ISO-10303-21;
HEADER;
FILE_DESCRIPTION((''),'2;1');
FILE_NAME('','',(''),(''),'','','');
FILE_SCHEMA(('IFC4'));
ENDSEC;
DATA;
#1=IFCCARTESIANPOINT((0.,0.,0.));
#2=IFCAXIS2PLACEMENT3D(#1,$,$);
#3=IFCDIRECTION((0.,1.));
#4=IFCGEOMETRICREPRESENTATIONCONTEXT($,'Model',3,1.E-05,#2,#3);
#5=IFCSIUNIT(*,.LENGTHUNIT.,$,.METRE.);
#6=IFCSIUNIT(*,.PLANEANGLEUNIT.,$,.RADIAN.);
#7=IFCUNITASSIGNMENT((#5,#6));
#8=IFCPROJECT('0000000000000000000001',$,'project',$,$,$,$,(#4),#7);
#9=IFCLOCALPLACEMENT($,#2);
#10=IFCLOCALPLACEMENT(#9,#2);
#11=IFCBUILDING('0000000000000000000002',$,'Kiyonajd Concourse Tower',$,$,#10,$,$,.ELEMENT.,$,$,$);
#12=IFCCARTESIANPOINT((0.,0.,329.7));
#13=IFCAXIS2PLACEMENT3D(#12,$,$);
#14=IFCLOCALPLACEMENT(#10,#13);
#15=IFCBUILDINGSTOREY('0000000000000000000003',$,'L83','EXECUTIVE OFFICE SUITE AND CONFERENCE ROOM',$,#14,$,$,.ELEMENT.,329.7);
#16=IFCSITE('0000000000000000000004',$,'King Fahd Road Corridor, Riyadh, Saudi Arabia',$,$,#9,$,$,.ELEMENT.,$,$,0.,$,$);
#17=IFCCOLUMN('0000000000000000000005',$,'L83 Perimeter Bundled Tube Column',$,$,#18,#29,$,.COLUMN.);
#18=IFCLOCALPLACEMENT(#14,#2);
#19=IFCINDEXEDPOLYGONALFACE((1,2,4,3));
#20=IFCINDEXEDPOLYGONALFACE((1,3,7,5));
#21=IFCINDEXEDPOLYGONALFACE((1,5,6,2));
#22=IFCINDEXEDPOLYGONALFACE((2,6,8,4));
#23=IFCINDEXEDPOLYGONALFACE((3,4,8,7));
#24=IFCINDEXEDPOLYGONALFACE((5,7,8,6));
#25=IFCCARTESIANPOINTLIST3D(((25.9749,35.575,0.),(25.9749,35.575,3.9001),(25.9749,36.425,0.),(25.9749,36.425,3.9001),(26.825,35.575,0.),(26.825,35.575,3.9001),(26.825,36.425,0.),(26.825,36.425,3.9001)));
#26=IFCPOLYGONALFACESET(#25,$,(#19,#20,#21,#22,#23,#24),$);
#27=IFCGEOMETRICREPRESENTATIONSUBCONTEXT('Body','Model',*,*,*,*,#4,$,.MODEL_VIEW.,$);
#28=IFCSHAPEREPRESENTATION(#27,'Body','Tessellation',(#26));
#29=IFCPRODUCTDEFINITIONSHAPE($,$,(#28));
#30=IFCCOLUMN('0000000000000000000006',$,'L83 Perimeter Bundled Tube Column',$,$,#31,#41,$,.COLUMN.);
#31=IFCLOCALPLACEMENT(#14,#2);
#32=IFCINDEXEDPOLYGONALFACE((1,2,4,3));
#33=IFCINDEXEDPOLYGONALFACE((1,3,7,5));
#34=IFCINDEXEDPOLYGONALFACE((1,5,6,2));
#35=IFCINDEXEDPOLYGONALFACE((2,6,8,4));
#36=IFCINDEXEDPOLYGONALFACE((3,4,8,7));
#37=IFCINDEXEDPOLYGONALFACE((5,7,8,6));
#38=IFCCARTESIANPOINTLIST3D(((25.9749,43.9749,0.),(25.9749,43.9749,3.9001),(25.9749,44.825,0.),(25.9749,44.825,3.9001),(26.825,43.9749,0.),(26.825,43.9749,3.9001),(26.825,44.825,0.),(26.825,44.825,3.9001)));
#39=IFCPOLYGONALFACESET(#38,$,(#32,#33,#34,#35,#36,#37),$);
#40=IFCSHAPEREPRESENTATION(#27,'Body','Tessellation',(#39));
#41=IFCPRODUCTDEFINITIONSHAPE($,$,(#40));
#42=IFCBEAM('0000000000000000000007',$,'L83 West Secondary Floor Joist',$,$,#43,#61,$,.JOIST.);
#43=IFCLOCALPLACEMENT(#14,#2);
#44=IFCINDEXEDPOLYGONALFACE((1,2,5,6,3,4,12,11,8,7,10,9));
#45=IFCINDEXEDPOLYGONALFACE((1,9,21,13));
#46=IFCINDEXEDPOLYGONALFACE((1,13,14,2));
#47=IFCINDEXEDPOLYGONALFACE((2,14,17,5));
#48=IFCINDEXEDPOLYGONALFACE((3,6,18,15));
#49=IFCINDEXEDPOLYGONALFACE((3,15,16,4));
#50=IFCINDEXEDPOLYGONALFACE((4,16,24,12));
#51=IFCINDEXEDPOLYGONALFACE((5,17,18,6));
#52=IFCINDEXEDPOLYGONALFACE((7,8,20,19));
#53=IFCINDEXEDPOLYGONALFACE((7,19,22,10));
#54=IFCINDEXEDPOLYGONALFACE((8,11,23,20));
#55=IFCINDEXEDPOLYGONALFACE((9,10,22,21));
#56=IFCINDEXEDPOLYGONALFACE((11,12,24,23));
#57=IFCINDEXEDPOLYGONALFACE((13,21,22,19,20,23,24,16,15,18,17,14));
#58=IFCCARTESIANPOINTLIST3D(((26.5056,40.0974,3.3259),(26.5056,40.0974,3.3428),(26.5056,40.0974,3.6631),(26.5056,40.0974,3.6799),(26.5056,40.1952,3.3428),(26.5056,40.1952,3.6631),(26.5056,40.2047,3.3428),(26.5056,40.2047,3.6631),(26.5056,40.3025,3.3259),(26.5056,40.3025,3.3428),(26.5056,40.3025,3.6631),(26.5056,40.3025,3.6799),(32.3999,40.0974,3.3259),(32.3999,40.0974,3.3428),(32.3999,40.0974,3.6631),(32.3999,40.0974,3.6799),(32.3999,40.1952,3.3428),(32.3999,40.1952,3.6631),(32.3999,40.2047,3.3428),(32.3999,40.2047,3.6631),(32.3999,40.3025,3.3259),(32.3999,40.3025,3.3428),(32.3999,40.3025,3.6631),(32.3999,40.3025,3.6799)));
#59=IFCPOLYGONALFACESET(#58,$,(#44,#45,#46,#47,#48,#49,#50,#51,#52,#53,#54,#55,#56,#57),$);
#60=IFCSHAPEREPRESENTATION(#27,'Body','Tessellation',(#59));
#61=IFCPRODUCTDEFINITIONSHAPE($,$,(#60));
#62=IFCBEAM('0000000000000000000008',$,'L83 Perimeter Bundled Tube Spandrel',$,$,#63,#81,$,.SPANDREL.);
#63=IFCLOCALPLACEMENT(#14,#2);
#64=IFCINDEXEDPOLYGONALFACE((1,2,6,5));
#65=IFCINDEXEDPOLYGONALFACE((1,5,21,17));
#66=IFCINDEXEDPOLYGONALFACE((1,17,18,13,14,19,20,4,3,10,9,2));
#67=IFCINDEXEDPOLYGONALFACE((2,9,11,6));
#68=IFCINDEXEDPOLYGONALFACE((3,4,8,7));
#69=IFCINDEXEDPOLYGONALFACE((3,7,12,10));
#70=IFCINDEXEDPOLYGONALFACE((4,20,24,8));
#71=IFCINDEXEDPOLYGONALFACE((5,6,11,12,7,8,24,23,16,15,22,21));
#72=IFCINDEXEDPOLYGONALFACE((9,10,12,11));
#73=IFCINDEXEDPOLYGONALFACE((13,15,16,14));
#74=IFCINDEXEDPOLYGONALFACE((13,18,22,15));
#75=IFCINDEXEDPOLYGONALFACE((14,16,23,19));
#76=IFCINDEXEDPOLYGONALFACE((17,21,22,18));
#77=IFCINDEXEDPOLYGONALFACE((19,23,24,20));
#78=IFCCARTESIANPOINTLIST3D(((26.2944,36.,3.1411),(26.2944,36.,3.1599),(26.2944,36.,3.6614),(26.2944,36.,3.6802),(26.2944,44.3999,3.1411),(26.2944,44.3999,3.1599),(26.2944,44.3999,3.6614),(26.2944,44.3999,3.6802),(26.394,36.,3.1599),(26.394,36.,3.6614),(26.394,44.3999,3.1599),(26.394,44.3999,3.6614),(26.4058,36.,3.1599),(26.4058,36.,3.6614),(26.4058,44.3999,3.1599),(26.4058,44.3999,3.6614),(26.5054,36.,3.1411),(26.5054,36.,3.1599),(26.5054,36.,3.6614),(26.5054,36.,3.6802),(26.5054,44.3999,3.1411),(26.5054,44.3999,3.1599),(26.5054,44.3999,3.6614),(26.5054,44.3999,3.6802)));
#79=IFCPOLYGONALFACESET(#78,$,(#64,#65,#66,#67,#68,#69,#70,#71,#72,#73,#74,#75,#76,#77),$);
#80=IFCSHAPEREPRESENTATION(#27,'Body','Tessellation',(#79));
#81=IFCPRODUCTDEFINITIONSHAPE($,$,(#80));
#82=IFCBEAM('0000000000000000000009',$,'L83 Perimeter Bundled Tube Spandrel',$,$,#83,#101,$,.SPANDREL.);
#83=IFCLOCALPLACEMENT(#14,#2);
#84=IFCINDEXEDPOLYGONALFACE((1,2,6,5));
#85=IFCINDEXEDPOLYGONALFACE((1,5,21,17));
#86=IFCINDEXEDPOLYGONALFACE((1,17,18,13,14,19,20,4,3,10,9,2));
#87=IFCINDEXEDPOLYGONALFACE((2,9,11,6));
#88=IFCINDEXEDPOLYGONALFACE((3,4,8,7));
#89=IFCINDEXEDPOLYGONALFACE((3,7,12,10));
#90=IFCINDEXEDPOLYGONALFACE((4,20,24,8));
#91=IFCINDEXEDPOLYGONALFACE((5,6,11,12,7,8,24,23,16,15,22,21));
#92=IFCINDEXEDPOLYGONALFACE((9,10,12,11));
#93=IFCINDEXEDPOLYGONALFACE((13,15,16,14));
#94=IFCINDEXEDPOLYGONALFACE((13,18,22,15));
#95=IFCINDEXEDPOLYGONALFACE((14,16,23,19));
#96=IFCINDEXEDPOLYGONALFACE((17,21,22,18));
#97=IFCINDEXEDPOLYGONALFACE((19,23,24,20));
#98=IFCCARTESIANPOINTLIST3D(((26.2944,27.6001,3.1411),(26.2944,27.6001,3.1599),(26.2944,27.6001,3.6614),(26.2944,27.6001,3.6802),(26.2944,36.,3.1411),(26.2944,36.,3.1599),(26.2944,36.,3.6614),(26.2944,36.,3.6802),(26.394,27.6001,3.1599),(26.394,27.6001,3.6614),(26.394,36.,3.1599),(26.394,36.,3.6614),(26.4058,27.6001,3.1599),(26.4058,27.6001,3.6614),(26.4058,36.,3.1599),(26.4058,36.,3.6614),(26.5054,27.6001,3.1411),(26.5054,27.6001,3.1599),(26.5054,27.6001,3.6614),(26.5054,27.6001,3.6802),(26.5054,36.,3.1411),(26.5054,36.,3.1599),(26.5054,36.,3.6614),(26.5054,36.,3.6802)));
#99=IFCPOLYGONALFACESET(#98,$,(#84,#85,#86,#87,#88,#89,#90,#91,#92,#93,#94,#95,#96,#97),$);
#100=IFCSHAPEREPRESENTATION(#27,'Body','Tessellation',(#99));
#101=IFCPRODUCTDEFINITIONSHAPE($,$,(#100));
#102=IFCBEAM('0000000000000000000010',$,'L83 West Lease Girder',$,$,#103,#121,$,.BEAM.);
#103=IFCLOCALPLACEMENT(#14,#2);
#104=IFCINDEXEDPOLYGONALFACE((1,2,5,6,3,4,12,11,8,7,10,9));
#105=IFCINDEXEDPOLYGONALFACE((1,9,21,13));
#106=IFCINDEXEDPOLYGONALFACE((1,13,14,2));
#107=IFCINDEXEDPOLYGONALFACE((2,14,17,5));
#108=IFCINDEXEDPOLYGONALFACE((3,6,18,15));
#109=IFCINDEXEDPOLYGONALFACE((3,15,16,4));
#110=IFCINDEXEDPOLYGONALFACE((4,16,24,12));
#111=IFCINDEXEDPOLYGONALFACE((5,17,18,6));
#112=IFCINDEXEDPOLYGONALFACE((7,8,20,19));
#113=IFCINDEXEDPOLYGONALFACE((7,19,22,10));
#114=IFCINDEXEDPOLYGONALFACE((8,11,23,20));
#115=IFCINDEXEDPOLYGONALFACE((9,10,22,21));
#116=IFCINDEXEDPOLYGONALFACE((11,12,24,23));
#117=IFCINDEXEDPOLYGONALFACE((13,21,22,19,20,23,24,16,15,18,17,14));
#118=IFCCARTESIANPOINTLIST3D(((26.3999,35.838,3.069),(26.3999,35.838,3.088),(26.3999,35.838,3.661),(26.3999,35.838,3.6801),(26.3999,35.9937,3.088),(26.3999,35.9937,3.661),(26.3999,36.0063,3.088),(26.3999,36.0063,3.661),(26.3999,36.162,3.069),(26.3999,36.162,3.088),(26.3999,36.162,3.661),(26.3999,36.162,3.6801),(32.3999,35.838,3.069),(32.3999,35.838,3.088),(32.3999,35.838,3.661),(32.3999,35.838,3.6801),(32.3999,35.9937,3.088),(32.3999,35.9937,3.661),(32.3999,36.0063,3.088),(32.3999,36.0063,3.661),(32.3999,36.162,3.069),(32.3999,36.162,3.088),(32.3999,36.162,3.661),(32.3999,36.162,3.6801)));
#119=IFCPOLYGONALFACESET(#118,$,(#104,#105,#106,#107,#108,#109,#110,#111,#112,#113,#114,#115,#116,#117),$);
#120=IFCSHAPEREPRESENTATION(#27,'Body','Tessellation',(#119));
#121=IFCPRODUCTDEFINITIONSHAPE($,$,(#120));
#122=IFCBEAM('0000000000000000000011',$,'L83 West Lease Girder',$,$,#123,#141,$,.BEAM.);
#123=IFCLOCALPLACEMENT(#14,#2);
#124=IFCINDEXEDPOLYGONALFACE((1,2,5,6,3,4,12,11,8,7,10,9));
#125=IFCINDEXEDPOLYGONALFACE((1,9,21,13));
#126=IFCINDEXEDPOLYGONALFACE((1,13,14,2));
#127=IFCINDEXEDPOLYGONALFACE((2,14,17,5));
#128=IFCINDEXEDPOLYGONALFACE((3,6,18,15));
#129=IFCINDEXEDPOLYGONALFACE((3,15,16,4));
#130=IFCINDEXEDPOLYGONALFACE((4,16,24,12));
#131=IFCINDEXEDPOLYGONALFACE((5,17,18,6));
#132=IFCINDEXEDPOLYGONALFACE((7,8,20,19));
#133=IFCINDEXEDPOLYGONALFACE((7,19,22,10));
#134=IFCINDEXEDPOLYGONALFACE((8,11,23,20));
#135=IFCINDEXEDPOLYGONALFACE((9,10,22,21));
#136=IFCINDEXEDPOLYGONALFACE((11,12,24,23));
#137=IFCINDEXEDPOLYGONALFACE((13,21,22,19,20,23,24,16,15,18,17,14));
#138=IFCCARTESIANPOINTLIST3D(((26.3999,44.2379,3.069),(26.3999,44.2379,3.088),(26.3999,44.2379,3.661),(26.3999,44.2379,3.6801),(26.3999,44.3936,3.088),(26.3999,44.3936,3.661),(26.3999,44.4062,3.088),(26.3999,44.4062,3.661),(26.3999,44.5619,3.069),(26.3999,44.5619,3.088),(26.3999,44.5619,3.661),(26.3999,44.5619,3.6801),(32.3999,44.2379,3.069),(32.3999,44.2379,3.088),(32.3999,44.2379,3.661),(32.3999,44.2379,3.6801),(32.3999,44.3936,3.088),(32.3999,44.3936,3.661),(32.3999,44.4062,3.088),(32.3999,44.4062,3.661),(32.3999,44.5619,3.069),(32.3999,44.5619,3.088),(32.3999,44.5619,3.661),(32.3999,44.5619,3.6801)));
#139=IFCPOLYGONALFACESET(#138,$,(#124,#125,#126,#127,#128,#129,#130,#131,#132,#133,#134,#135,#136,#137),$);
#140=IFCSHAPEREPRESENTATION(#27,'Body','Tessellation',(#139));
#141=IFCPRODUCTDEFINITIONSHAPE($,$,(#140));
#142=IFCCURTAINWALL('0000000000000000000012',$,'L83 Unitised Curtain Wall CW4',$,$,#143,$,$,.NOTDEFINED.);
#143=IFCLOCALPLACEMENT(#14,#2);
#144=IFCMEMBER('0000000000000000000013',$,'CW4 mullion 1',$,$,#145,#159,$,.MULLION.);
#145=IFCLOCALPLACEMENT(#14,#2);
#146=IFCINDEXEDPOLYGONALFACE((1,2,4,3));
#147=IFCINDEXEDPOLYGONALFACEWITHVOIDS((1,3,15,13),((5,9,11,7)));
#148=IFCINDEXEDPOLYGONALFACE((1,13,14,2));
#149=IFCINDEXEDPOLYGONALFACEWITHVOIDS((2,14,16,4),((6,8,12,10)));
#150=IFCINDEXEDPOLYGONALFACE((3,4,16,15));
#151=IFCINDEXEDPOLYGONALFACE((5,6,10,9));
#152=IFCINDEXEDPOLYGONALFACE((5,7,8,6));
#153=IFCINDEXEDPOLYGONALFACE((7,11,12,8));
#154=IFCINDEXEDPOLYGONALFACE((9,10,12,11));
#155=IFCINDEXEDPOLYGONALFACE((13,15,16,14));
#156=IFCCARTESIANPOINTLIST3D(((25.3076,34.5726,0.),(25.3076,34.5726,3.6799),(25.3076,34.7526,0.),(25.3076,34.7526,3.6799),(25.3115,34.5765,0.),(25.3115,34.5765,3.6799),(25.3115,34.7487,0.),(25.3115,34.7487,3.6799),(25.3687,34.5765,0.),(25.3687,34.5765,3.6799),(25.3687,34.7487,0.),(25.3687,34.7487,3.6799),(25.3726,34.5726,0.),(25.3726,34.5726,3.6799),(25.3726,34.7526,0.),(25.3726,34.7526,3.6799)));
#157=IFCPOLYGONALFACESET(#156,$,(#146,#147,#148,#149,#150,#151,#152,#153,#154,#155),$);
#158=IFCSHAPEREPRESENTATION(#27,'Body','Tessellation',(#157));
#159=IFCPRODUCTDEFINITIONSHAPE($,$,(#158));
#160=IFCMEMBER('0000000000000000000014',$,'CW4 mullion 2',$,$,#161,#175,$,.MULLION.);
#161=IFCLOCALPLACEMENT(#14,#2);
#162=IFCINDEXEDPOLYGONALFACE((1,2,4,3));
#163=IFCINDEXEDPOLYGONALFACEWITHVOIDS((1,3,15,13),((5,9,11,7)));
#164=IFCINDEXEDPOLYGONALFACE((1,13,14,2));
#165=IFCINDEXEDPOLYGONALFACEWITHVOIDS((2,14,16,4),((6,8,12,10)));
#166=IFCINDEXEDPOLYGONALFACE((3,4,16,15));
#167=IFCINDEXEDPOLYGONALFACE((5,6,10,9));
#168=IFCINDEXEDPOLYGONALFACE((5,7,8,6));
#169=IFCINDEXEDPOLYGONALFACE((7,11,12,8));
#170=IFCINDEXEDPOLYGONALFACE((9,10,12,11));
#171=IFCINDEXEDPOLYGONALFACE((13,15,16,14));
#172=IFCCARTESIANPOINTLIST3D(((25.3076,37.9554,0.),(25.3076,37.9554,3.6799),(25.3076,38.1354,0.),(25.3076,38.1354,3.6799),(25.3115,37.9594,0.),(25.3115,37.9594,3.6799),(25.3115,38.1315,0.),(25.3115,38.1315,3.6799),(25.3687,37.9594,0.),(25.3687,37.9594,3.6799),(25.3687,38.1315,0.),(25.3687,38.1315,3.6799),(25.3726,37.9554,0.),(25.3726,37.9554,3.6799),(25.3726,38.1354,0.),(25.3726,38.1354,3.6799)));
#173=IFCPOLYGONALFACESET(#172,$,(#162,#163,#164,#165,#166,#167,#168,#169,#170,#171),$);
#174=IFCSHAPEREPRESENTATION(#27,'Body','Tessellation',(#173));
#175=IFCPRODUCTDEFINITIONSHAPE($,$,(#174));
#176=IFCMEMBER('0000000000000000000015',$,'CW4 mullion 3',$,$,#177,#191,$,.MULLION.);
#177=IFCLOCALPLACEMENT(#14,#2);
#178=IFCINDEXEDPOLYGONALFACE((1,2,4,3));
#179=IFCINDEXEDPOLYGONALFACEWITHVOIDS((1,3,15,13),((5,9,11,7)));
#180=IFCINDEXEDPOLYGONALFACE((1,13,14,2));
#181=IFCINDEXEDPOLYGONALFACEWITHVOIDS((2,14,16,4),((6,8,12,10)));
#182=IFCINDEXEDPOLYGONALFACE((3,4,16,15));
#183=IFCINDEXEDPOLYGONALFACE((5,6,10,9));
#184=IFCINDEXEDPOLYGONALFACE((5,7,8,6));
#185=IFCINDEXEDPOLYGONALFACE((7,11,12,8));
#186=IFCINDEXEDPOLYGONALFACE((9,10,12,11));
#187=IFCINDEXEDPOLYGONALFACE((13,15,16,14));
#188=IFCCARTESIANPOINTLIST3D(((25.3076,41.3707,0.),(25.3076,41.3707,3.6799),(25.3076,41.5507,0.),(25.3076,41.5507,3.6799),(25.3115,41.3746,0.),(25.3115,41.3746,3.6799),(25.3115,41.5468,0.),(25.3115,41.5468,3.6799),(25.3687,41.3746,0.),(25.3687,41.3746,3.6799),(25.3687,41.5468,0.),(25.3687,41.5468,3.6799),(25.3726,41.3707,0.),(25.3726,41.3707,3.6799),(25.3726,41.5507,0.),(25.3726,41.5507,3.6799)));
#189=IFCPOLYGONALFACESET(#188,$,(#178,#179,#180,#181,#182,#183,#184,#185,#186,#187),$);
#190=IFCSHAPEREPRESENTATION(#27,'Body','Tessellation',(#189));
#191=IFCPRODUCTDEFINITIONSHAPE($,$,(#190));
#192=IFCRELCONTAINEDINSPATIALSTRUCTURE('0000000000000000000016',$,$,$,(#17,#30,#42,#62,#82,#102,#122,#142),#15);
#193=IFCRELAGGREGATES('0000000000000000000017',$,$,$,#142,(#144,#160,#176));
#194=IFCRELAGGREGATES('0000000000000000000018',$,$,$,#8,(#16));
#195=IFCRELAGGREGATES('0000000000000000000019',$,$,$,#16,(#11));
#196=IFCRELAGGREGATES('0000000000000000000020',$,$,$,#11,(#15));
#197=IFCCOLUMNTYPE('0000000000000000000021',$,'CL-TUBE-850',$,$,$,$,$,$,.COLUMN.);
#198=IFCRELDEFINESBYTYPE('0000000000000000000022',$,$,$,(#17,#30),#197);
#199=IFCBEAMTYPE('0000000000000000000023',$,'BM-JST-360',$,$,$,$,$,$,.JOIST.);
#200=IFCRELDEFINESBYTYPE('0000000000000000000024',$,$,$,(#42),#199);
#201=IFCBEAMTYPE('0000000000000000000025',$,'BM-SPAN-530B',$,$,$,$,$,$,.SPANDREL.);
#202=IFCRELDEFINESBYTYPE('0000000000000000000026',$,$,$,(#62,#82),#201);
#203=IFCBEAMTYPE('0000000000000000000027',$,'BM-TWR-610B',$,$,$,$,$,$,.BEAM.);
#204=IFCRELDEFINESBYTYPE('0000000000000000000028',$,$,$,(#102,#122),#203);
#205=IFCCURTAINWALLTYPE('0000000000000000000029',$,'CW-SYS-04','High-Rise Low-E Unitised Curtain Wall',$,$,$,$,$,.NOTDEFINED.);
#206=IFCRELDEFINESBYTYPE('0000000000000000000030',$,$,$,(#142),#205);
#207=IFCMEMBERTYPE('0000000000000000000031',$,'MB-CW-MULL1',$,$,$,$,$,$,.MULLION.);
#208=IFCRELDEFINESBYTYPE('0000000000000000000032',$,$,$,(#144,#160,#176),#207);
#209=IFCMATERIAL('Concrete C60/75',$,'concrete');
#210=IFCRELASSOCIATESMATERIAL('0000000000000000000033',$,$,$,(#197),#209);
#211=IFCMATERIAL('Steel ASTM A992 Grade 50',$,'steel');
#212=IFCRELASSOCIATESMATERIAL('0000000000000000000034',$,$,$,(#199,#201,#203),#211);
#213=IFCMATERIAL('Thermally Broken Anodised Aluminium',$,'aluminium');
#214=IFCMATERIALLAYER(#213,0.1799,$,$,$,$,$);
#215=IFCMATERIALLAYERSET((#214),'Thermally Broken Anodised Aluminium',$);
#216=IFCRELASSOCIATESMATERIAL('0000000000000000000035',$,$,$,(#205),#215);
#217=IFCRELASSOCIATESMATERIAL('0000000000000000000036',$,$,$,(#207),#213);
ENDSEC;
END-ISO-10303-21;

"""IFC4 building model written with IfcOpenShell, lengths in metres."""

from ifc_helpers import new_model, si_unit, direction, frame, origin, origin_2d, place, context, subcontext, project, spatial, rectangle, hollow_rectangle, i_section, extrude, material, layer, layer_set, material_profile, profile_set, type_object, element, aggregate, save


model = new_model("IFC4")

# Units and contexts
model_context = context("Model", 3, precision=1e-05, world=origin(), true_north=direction((0.0, 1.0)))
body_context = subcontext(model_context, "Body", "Model", "MODEL_VIEW")
ifc_project = project(units=[si_unit("LENGTHUNIT", "METRE"), si_unit("PLANEANGLEUNIT", "RADIAN")], contexts=[model_context])

# Site, building, storey
site_placement = place(None, origin())
site = spatial("IfcSite", under=ifc_project, at=site_placement, Name="King Fahd Road Corridor, Riyadh, Saudi Arabia", CompositionType="ELEMENT", RefElevation=0.0)
building_placement = place(site_placement, origin())
building = spatial("IfcBuilding", under=site, at=building_placement, Name="Kiyonajd Concourse Tower", CompositionType="ELEMENT")
storey_placement = place(building_placement, frame((0.0, 0.0, 329.7)))
storey = spatial("IfcBuildingStorey", under=building, at=storey_placement, Name="L83", Description="EXECUTIVE OFFICE SUITE AND CONFERENCE ROOM", CompositionType="ELEMENT", Elevation=329.7)

# Columns
ifc_material_1 = material(Name="Concrete C60/75", Category="concrete")
ifc_material_profile_1 = material_profile(ifc_material_1, rectangle(XDim=0.8501, YDim=0.8501, at=origin_2d()), Name="RC-850x850")
ifc_profile_set_1 = profile_set([ifc_material_profile_1], Name="Concrete C60/75")
column_type = type_object("IfcColumnType", Name="CL-TUBE-850", PredefinedType="COLUMN", material=ifc_profile_set_1)
for number, where, z_axis, x_axis, name in (
    (1, (26.3999, 36.0, 0.0), (0.0, 0.0, 1.0), (1.0, 0.0, 0.0), "L83 Perimeter Bundled Tube Column"),
    (2, (26.3999, 44.3999, 0.0), (0.0, 0.0, 1.0), (1.0, 0.0, 0.0), "L83 Perimeter Bundled Tube Column"),
):
    element("IfcColumn", number, at=place(storey_placement, frame(where, z_axis=z_axis, x_axis=x_axis)), inside=storey, type_object=column_type, Name=name, PredefinedType="COLUMN", context=body_context, shape_type="SweptSolid", body=[
        extrude(rectangle(XDim=0.8501, YDim=0.8501, at=origin_2d()), origin(), (0.0, 0.0, 1.0), 3.9001),
    ])

# Beams
ifc_material_2 = material(Name="Steel ASTM A992 Grade 50", Category="steel")
ifc_material_profile_2 = material_profile(ifc_material_2, i_section(OverallWidth=0.2051, OverallDepth=0.354, WebThickness=0.0095, FlangeThickness=0.0168, at=origin_2d()), Name="W360X79")
ifc_profile_set_2 = profile_set([ifc_material_profile_2], Name="Steel ASTM A992 Grade 50")
beam_type_1 = type_object("IfcBeamType", Name="BM-JST-360", PredefinedType="JOIST", material=ifc_profile_set_2)
beam_placement = place(storey_placement, frame((26.5056, 40.2, 3.5029), z_axis=(1.0, 0.0, 0.0), x_axis=(0.0, 1.0, 0.0)))
element("IfcBeam", 3, at=beam_placement, inside=storey, type_object=beam_type_1, Name="L83 West Secondary Floor Joist", PredefinedType="JOIST", context=body_context, shape_type="SweptSolid", body=[
    extrude(i_section(OverallWidth=0.2051, OverallDepth=0.354, WebThickness=0.0095, FlangeThickness=0.0168, at=origin_2d()), origin(), (0.0, 0.0, 1.0), 5.8943),
])
ifc_material_profile_3 = material_profile(ifc_material_2, i_section(OverallWidth=0.2109, OverallDepth=0.5391, WebThickness=0.0117, FlangeThickness=0.0188, at=origin_2d()), Name="W530X109")
ifc_profile_set_3 = profile_set([ifc_material_profile_3], Name="Steel ASTM A992 Grade 50")
beam_type_2 = type_object("IfcBeamType", Name="BM-SPAN-530B", PredefinedType="SPANDREL", material=ifc_profile_set_3)
for number, where, z_axis, x_axis, name in (
    (4, (26.3999, 44.3999, 3.4106), (0.0, -1.0, 0.0), (1.0, 0.0, 0.0), "L83 Perimeter Bundled Tube Spandrel"),
    (5, (26.3999, 36.0, 3.4106), (0.0, -1.0, 0.0), (1.0, 0.0, 0.0), "L83 Perimeter Bundled Tube Spandrel"),
):
    element("IfcBeam", number, at=place(storey_placement, frame(where, z_axis=z_axis, x_axis=x_axis)), inside=storey, type_object=beam_type_2, Name=name, PredefinedType="SPANDREL", context=body_context, shape_type="SweptSolid", body=[
        extrude(i_section(OverallWidth=0.2109, OverallDepth=0.5391, WebThickness=0.0117, FlangeThickness=0.0188, at=origin_2d()), origin(), (0.0, 0.0, 1.0), 8.3999),
    ])
ifc_material_profile_4 = material_profile(ifc_material_2, i_section(OverallWidth=0.324, OverallDepth=0.6111, WebThickness=0.0127, FlangeThickness=0.019, at=origin_2d()), Name="W610X155")
ifc_profile_set_4 = profile_set([ifc_material_profile_4], Name="Steel ASTM A992 Grade 50")
beam_type_3 = type_object("IfcBeamType", Name="BM-TWR-610B", PredefinedType="BEAM", material=ifc_profile_set_4)
for number, where, z_axis, x_axis, name in (
    (6, (26.3999, 36.0, 3.3745), (1.0, 0.0, 0.0), (0.0, 1.0, 0.0), "L83 West Lease Girder"),
    (7, (26.3999, 44.3999, 3.3745), (1.0, 0.0, 0.0), (0.0, 1.0, 0.0), "L83 West Lease Girder"),
):
    element("IfcBeam", number, at=place(storey_placement, frame(where, z_axis=z_axis, x_axis=x_axis)), inside=storey, type_object=beam_type_3, Name=name, PredefinedType="BEAM", context=body_context, shape_type="SweptSolid", body=[
        extrude(i_section(OverallWidth=0.324, OverallDepth=0.6111, WebThickness=0.0127, FlangeThickness=0.019, at=origin_2d()), origin(), (0.0, 0.0, 1.0), 6.0),
    ])

# Curtain wall, members
ifc_material_3 = material(Name="Thermally Broken Anodised Aluminium", Category="aluminium")
ifc_layer_1 = layer(ifc_material_3, 0.1799)
ifc_layer_set_1 = layer_set([ifc_layer_1], Name="Thermally Broken Anodised Aluminium")
curtain_wall_type = type_object("IfcCurtainWallType", Name="CW-SYS-04", Description="High-Rise Low-E Unitised Curtain Wall", PredefinedType="NOTDEFINED", material=ifc_layer_set_1)
curtain_wall_placement = place(storey_placement, origin())
curtain_wall = element("IfcCurtainWall", 8, at=curtain_wall_placement, inside=storey, type_object=curtain_wall_type, Name="L83 Unitised Curtain Wall CW4", PredefinedType="NOTDEFINED")
ifc_material_profile_5 = material_profile(ifc_material_3, hollow_rectangle(XDim=0.0649, YDim=0.1799, WallThickness=0.0039, at=origin_2d()), Name="MULL-65x180")
ifc_profile_set_5 = profile_set([ifc_material_profile_5], Name="Thermally Broken Anodised Aluminium")
member_type_1 = type_object("IfcMemberType", Name="MB-CW-MULL1", PredefinedType="MULLION", material=ifc_profile_set_5)
member_1_placement = place(storey_placement, frame((25.3401, 34.6626, 0.0), z_axis=(0.0, 0.0, 1.0), x_axis=(-1.0, 0.0, 0.0)))
member_1 = element("IfcMember", 9, at=member_1_placement, type_object=member_type_1, Name="CW4 mullion 1", PredefinedType="MULLION", context=body_context, shape_type="SweptSolid", body=[
    extrude(hollow_rectangle(XDim=0.0649, YDim=0.1799, WallThickness=0.0039, at=origin_2d()), origin(), (0.0, 0.0, 1.0), 3.6799),
])
member_2_placement = place(storey_placement, frame((25.3401, 38.0454, 0.0), z_axis=(0.0, 0.0, 1.0), x_axis=(-1.0, 0.0, 0.0)))
member_2 = element("IfcMember", 10, at=member_2_placement, type_object=member_type_1, Name="CW4 mullion 2", PredefinedType="MULLION", context=body_context, shape_type="SweptSolid", body=[
    extrude(hollow_rectangle(XDim=0.0649, YDim=0.1799, WallThickness=0.0039, at=origin_2d()), origin(), (0.0, 0.0, 1.0), 3.6799),
])
member_3_placement = place(storey_placement, frame((25.3401, 41.4607, 0.0), z_axis=(0.0, 0.0, 1.0), x_axis=(-1.0, 0.0, 0.0)))
member_3 = element("IfcMember", 11, at=member_3_placement, type_object=member_type_1, Name="CW4 mullion 3", PredefinedType="MULLION", context=body_context, shape_type="SweptSolid", body=[
    extrude(hollow_rectangle(XDim=0.0649, YDim=0.1799, WallThickness=0.0039, at=origin_2d()), origin(), (0.0, 0.0, 1.0), 3.6799),
])

aggregate(curtain_wall, [member_1, member_2, member_3])

save(model, "model.ifc")
